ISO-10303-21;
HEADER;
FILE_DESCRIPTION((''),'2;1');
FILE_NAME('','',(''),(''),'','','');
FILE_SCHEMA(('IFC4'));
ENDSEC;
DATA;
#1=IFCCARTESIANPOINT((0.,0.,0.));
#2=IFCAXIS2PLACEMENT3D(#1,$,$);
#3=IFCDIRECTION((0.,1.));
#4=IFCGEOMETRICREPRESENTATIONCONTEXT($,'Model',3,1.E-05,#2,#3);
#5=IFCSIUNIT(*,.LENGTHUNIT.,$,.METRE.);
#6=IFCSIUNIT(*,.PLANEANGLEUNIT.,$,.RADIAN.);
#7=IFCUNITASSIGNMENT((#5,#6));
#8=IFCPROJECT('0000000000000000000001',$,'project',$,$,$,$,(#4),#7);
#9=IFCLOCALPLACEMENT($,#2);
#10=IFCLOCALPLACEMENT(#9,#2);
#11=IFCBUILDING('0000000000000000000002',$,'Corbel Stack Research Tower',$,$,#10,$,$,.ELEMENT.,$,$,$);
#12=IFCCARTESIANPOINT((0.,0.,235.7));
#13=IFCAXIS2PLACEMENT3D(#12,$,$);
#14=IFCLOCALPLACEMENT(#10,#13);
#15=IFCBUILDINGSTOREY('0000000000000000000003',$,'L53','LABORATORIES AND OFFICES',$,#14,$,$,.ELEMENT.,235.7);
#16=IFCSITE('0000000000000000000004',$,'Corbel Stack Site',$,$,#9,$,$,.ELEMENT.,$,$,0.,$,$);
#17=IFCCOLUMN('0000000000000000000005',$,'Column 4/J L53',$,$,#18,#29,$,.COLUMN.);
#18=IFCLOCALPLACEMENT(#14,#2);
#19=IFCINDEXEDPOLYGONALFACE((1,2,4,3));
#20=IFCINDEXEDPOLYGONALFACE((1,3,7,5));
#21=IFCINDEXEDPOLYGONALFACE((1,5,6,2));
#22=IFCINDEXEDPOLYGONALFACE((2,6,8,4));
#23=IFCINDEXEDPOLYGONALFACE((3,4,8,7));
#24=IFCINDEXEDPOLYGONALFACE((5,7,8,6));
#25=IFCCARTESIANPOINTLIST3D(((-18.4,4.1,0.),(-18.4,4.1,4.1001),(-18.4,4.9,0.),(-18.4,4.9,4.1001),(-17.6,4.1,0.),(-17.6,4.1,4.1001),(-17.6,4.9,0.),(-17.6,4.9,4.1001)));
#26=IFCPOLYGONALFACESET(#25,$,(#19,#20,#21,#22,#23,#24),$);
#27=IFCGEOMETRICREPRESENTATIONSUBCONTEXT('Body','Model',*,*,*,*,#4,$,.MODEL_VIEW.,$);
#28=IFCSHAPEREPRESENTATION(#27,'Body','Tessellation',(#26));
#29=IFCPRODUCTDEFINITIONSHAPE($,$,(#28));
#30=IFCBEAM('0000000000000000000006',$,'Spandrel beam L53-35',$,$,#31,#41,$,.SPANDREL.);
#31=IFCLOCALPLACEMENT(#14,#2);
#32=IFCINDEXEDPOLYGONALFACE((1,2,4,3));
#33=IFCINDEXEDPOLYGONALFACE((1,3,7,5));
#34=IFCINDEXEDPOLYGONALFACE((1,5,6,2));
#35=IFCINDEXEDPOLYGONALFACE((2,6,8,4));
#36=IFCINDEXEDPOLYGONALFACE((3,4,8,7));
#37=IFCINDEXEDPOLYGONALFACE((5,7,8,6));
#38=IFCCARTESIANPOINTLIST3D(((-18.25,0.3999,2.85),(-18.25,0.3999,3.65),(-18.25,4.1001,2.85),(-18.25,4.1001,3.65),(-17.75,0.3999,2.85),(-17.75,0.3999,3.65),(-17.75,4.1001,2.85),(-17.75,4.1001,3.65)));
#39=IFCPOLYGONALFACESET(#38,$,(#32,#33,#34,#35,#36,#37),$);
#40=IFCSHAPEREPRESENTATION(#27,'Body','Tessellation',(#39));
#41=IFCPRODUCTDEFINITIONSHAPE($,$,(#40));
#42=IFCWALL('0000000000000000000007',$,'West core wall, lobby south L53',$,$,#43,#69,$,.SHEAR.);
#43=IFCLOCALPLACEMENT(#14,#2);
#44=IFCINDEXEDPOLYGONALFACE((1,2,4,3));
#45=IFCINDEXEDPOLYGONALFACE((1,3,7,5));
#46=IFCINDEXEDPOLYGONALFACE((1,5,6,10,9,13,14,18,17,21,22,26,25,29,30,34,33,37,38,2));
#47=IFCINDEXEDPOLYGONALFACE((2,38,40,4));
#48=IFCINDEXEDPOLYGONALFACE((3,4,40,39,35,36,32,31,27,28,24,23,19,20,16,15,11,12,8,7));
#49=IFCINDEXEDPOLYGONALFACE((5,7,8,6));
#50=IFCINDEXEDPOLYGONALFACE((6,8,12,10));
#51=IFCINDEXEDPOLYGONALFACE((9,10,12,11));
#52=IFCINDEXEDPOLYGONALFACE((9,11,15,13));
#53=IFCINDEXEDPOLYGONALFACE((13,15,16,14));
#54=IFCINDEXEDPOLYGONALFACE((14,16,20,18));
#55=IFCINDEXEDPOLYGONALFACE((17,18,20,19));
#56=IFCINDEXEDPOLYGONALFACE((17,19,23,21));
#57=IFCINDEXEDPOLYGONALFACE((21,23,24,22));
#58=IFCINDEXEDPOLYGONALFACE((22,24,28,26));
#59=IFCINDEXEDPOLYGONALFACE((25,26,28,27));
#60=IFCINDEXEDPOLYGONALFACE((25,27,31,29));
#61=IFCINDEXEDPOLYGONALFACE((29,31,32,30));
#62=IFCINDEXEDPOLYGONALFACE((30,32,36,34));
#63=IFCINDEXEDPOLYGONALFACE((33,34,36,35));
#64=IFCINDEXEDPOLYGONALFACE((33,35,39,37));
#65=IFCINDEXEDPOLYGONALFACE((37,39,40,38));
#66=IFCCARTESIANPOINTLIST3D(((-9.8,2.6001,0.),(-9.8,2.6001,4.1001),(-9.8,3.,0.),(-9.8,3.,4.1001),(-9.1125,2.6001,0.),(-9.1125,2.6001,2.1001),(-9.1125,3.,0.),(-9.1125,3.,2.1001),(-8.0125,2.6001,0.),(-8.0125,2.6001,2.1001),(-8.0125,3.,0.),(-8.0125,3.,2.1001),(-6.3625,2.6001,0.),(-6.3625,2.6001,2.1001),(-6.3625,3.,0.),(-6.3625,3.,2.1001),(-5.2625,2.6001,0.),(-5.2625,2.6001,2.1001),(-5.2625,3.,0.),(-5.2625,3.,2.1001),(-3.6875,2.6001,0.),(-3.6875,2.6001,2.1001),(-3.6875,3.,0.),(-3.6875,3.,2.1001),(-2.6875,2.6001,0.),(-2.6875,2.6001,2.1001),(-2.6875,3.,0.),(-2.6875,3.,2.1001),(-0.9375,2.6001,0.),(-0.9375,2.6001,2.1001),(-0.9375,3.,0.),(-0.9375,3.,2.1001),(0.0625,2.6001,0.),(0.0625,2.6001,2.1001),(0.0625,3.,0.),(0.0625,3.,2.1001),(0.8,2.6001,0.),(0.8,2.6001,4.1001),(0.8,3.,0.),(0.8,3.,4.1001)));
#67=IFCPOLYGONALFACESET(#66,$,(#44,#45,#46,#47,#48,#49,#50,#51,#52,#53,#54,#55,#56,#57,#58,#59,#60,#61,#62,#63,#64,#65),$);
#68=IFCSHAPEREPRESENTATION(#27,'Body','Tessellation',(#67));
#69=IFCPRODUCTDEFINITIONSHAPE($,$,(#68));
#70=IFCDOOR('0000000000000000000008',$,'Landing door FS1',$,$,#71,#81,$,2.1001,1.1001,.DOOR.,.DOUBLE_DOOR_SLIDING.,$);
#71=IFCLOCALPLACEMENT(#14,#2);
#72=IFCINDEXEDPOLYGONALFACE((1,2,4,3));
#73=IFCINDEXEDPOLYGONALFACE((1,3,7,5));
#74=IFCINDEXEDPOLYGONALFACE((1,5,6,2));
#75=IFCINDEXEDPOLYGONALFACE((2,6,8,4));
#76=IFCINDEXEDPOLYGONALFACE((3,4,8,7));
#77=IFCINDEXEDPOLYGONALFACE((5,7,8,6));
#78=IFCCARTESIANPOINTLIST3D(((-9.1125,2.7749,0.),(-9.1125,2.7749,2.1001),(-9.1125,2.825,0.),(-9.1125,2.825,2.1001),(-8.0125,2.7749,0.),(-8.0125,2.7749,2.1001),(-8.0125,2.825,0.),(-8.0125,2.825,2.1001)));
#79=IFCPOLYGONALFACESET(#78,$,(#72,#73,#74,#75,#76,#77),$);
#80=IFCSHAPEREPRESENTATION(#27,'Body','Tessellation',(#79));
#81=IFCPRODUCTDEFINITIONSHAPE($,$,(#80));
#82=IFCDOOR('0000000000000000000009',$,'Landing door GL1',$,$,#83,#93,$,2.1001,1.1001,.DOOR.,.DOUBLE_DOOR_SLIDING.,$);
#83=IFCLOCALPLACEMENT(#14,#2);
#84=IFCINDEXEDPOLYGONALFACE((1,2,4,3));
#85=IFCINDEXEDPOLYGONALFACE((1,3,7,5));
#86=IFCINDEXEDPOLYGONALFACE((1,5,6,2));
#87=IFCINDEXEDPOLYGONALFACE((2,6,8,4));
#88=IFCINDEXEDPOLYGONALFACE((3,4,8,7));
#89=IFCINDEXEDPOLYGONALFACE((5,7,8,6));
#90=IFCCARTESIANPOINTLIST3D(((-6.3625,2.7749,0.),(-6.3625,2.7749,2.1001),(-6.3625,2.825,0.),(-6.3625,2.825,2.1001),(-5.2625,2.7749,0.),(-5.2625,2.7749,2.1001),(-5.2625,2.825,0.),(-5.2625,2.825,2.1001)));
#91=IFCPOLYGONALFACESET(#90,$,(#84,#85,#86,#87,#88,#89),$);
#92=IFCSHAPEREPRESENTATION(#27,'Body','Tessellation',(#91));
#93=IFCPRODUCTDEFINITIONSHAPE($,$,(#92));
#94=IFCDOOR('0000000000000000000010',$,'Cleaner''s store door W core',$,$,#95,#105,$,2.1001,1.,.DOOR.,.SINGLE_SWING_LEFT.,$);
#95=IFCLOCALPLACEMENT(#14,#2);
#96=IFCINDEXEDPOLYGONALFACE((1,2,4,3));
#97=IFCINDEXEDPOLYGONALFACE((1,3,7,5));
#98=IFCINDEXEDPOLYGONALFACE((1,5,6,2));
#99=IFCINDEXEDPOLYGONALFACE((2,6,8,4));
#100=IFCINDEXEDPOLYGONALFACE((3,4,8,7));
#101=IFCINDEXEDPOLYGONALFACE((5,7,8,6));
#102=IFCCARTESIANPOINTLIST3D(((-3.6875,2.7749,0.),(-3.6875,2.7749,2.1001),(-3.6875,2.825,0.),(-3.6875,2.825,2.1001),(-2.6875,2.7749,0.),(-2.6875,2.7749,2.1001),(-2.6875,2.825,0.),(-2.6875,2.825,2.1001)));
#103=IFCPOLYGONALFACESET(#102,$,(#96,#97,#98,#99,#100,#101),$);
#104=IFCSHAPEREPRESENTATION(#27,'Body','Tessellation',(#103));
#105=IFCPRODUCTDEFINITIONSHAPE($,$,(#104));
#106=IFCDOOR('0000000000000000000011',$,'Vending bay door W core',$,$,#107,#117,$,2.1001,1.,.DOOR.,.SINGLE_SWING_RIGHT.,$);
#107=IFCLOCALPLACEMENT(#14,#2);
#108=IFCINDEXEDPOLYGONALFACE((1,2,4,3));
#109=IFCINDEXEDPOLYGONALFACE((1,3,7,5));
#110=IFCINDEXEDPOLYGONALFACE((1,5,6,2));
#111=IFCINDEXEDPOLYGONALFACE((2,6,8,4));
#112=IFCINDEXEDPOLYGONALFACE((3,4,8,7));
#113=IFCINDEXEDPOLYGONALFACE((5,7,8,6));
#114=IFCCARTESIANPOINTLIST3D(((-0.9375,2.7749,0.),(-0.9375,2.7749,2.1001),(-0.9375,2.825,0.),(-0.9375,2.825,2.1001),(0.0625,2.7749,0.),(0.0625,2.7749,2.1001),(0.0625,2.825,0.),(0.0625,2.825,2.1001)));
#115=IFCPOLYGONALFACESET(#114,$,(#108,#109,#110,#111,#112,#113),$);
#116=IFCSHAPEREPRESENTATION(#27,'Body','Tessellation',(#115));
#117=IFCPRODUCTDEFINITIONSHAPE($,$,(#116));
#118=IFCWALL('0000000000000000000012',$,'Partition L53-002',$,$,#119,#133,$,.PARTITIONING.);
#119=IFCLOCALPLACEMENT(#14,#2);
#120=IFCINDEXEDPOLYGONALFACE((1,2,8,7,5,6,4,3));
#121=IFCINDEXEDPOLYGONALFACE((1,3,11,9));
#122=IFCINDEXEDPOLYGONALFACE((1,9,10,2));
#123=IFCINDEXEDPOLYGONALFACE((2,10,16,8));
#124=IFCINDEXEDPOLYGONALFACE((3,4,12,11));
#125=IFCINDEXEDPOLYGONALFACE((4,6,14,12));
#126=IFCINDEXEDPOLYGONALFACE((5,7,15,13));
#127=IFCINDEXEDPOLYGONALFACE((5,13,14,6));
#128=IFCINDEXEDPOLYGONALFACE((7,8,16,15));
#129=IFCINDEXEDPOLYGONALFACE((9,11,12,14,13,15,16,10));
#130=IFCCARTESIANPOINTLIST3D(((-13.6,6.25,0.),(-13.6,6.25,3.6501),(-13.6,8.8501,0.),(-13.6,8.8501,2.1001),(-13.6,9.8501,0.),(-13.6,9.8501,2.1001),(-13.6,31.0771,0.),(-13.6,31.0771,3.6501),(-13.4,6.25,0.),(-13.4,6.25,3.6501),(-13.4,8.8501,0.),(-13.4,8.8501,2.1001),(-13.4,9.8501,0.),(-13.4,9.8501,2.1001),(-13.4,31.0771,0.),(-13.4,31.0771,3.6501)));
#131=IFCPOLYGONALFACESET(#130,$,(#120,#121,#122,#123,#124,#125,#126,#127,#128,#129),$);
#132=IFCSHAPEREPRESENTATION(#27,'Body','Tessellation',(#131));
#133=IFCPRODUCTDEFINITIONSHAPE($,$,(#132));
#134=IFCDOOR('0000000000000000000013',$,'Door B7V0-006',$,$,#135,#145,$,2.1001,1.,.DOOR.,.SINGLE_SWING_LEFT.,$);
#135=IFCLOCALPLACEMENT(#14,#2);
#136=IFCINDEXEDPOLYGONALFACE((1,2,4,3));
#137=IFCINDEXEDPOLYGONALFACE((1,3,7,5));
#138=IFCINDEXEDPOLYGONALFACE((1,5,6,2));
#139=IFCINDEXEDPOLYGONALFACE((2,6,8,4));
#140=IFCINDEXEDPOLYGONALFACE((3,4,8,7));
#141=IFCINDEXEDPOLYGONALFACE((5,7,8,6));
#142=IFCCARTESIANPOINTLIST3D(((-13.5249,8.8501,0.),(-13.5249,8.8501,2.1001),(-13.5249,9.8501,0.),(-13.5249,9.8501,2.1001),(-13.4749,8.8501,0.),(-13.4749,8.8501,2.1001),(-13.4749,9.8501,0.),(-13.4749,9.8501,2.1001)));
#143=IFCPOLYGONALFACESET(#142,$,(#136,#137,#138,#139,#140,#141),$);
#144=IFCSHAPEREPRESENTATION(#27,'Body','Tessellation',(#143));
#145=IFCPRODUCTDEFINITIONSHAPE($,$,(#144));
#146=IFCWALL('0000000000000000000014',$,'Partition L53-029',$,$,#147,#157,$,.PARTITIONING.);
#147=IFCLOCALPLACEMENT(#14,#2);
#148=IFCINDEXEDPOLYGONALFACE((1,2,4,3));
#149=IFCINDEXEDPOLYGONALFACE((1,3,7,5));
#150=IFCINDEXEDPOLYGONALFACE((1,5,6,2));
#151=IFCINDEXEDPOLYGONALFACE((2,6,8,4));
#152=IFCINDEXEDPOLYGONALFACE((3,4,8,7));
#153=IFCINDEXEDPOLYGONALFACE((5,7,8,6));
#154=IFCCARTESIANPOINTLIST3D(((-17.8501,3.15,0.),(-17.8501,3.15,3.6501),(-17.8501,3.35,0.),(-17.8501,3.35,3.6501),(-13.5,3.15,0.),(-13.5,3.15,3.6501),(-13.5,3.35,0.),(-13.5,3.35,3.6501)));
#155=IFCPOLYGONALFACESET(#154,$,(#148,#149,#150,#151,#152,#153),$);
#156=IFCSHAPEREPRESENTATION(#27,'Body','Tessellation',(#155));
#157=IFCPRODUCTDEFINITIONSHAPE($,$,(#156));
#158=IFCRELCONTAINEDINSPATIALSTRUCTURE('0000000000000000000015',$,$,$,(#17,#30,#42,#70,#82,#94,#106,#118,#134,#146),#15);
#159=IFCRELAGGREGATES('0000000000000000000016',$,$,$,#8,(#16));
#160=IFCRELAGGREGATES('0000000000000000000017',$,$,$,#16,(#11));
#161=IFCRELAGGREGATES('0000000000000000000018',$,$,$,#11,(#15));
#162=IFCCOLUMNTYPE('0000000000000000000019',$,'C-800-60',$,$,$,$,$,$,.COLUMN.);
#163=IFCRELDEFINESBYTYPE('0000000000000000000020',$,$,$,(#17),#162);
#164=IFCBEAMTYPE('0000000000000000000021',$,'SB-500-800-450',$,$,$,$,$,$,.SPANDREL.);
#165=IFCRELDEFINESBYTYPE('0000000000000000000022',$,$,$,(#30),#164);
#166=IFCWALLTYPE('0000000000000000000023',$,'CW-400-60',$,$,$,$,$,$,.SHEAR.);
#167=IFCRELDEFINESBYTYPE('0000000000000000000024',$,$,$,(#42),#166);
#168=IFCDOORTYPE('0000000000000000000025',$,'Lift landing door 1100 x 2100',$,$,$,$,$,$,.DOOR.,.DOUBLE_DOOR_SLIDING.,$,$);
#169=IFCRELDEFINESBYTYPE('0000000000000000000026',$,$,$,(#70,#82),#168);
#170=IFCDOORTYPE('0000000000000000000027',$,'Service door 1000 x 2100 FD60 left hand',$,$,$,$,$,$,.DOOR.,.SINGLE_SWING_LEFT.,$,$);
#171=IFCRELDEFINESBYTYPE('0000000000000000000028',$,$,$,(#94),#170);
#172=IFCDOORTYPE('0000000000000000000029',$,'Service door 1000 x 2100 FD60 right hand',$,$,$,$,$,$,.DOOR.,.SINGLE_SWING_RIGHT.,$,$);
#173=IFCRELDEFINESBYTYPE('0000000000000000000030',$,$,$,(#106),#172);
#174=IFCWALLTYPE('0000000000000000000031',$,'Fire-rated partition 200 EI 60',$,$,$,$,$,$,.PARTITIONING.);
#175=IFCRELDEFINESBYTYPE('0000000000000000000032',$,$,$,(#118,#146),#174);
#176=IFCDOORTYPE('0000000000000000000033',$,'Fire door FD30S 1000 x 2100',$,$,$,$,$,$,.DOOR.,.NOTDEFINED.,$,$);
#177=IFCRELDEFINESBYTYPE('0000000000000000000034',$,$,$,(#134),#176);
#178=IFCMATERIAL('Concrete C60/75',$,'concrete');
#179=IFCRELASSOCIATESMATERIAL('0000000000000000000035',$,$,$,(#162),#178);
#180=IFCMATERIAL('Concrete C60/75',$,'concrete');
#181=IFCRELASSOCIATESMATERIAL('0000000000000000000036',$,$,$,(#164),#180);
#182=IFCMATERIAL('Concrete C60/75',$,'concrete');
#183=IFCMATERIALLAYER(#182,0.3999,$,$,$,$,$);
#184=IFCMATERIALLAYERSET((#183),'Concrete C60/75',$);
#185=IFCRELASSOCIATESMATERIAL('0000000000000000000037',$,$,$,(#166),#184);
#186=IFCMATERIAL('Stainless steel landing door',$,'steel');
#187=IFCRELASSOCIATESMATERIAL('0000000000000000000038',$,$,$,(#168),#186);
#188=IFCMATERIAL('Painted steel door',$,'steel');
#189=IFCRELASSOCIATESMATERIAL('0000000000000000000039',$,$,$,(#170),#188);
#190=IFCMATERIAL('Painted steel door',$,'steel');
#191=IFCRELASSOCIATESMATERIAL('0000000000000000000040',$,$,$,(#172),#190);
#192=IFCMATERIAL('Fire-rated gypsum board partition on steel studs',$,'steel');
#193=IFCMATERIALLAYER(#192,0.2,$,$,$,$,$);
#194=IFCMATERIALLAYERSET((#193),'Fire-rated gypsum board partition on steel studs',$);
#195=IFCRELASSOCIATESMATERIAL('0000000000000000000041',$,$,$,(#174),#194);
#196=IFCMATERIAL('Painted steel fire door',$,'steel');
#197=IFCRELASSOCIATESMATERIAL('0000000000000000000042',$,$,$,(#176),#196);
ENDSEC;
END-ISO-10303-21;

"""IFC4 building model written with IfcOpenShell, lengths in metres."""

from ifc_helpers import new_model, si_unit, direction, frame, frame_2d, origin, origin_2d, place, context, subcontext, project, spatial, rectangle, extrude, material, layer, layer_set, material_profile, profile_set, type_object, element, fill, save


model = new_model("IFC4")

# Units and contexts
model_context = context("Model", 3, precision=1e-05, world=origin(), true_north=direction((0.0, 1.0)))
body_context = subcontext(model_context, "Body", "Model", "MODEL_VIEW")
ifc_project = project(units=[si_unit("LENGTHUNIT", "METRE"), si_unit("PLANEANGLEUNIT", "RADIAN")], contexts=[model_context])

# Site, building, storey
site_placement = place(None, origin())
site = spatial("IfcSite", under=ifc_project, at=site_placement, Name="Corbel Stack Site", CompositionType="ELEMENT", RefElevation=0.0)
building_placement = place(site_placement, origin())
building = spatial("IfcBuilding", under=site, at=building_placement, Name="Corbel Stack Research Tower", CompositionType="ELEMENT")
storey_placement = place(building_placement, frame((0.0, 0.0, 235.7)))
storey = spatial("IfcBuildingStorey", under=building, at=storey_placement, Name="L53", Description="LABORATORIES AND OFFICES", CompositionType="ELEMENT", Elevation=235.7)

# Column
ifc_material_1 = material(Name="Concrete C60/75", Category="concrete")
ifc_material_profile_1 = material_profile(ifc_material_1, rectangle(XDim=0.8, YDim=0.8, at=origin_2d()), Name="RC 800 x 800")
ifc_profile_set_1 = profile_set([ifc_material_profile_1], Name="Concrete C60/75")
column_type = type_object("IfcColumnType", Name="C-800-60", PredefinedType="COLUMN", material=ifc_profile_set_1)
column_placement = place(storey_placement, frame((-18.0, 4.5, 0.0), z_axis=(0.0, 0.0, 1.0), x_axis=(1.0, 0.0, 0.0)))
element("IfcColumn", 1, at=column_placement, inside=storey, type_object=column_type, Name="Column 4/J L53", PredefinedType="COLUMN", context=body_context, shape_type="SweptSolid", body=[
    extrude(rectangle(XDim=0.8, YDim=0.8, at=origin_2d()), origin(), (0.0, 0.0, 1.0), 4.1001),
])

# Beam
ifc_material_2 = material(Name="Concrete C60/75", Category="concrete")
ifc_material_profile_2 = material_profile(ifc_material_2, rectangle(XDim=0.5, YDim=0.8, at=origin_2d()), Name="RC 500 x 800")
ifc_profile_set_2 = profile_set([ifc_material_profile_2], Name="Concrete C60/75")
beam_type = type_object("IfcBeamType", Name="SB-500-800-450", PredefinedType="SPANDREL", material=ifc_profile_set_2)
beam_placement = place(storey_placement, frame((-18.0, 4.1001, 3.25), z_axis=(0.0, -1.0, 0.0), x_axis=(1.0, 0.0, 0.0)))
element("IfcBeam", 2, at=beam_placement, inside=storey, type_object=beam_type, Name="Spandrel beam L53-35", PredefinedType="SPANDREL", context=body_context, shape_type="SweptSolid", body=[
    extrude(rectangle(XDim=0.5, YDim=0.8, at=origin_2d()), origin(), (0.0, 0.0, 1.0), 3.7002),
])

# Wall, openings, doors
ifc_material_3 = material(Name="Concrete C60/75", Category="concrete")
ifc_layer_1 = layer(ifc_material_3, 0.3999)
ifc_layer_set_1 = layer_set([ifc_layer_1], Name="Concrete C60/75")
wall_type_1 = type_object("IfcWallType", Name="CW-400-60", PredefinedType="SHEAR", material=ifc_layer_set_1)
wall_1_placement = place(storey_placement, frame((-9.8, 2.8, 0.0), z_axis=(0.0, 0.0, 1.0), x_axis=(1.0, 0.0, 0.0)))
wall_1 = element("IfcWall", 3, at=wall_1_placement, inside=storey, type_object=wall_type_1, Name="West core wall, lobby south L53", PredefinedType="SHEAR", context=body_context, shape_type="SweptSolid", body=[
    extrude(rectangle(XDim=10.6001, YDim=0.3999, at=frame_2d((5.3, 0.0))), origin(), (0.0, 0.0, 1.0), 4.1001),
])
opening_1_placement = place(wall_1_placement, frame((0.6875, 0.0, 0.0)))
opening_1 = element("IfcOpeningElement", 4, at=opening_1_placement, cuts=wall_1, PredefinedType="OPENING", context=body_context, shape_type="SweptSolid", body=[
    extrude(rectangle(XDim=1.1001, YDim=2.1001, at=frame_2d((0.55, 1.05))), frame((0.0, 0.21, 0.0), z_axis=(0.0, -1.0, 0.0), x_axis=(1.0, 0.0, 0.0)), (0.0, 0.0, 1.0), 0.4199),
])
opening_2_placement = place(wall_1_placement, frame((3.4375, 0.0, 0.0)))
opening_2 = element("IfcOpeningElement", 5, at=opening_2_placement, cuts=wall_1, PredefinedType="OPENING", context=body_context, shape_type="SweptSolid", body=[
    extrude(rectangle(XDim=1.1001, YDim=2.1001, at=frame_2d((0.55, 1.05))), frame((0.0, 0.21, 0.0), z_axis=(0.0, -1.0, 0.0), x_axis=(1.0, 0.0, 0.0)), (0.0, 0.0, 1.0), 0.4199),
])
opening_3_placement = place(wall_1_placement, frame((6.1125, 0.0, 0.0)))
opening_3 = element("IfcOpeningElement", 6, at=opening_3_placement, cuts=wall_1, PredefinedType="OPENING", context=body_context, shape_type="SweptSolid", body=[
    extrude(rectangle(XDim=1.0, YDim=2.1001, at=frame_2d((0.5, 1.05))), frame((0.0, 0.21, 0.0), z_axis=(0.0, -1.0, 0.0), x_axis=(1.0, 0.0, 0.0)), (0.0, 0.0, 1.0), 0.4199),
])
opening_4_placement = place(wall_1_placement, frame((8.8625, 0.0, 0.0)))
opening_4 = element("IfcOpeningElement", 7, at=opening_4_placement, cuts=wall_1, PredefinedType="OPENING", context=body_context, shape_type="SweptSolid", body=[
    extrude(rectangle(XDim=1.0, YDim=2.1001, at=frame_2d((0.5, 1.05))), frame((0.0, 0.21, 0.0), z_axis=(0.0, -1.0, 0.0), x_axis=(1.0, 0.0, 0.0)), (0.0, 0.0, 1.0), 0.4199),
])
ifc_material_4 = material(Name="Stainless steel landing door", Category="steel")
door_type_1 = type_object("IfcDoorType", Name="Lift landing door 1100 x 2100", OperationType="DOUBLE_DOOR_SLIDING", PredefinedType="DOOR", material=ifc_material_4)
door_1_placement = place(opening_1_placement, origin())
door_1 = element("IfcDoor", 8, at=door_1_placement, inside=storey, type_object=door_type_1, Name="Landing door FS1", OperationType="DOUBLE_DOOR_SLIDING", OverallHeight=2.1001, OverallWidth=1.1001, PredefinedType="DOOR", context=body_context, shape_type="SweptSolid", body=[
    extrude(rectangle(XDim=1.1001, YDim=2.1001, at=frame_2d((0.55, 1.05))), frame((0.0, 0.0249, 0.0), z_axis=(0.0, -1.0, 0.0), x_axis=(1.0, 0.0, 0.0)), (0.0, 0.0, 1.0), 0.05),
])
fill(opening_1, door_1)
door_2_placement = place(opening_2_placement, origin())
door_2 = element("IfcDoor", 9, at=door_2_placement, inside=storey, type_object=door_type_1, Name="Landing door GL1", OperationType="DOUBLE_DOOR_SLIDING", OverallHeight=2.1001, OverallWidth=1.1001, PredefinedType="DOOR", context=body_context, shape_type="SweptSolid", body=[
    extrude(rectangle(XDim=1.1001, YDim=2.1001, at=frame_2d((0.55, 1.05))), frame((0.0, 0.0249, 0.0), z_axis=(0.0, -1.0, 0.0), x_axis=(1.0, 0.0, 0.0)), (0.0, 0.0, 1.0), 0.05),
])
fill(opening_2, door_2)
ifc_material_5 = material(Name="Painted steel door", Category="steel")
door_type_2 = type_object("IfcDoorType", Name="Service door 1000 x 2100 FD60 left hand", OperationType="SINGLE_SWING_LEFT", PredefinedType="DOOR", material=ifc_material_5)
door_3_placement = place(opening_3_placement, origin())
door_3 = element("IfcDoor", 10, at=door_3_placement, inside=storey, type_object=door_type_2, Name="Cleaner's store door W core", OperationType="SINGLE_SWING_LEFT", OverallHeight=2.1001, OverallWidth=1.0, PredefinedType="DOOR", context=body_context, shape_type="SweptSolid", body=[
    extrude(rectangle(XDim=1.0, YDim=2.1001, at=frame_2d((0.5, 1.05))), frame((0.0, 0.0249, 0.0), z_axis=(0.0, -1.0, 0.0), x_axis=(1.0, 0.0, 0.0)), (0.0, 0.0, 1.0), 0.05),
])
fill(opening_3, door_3)
ifc_material_6 = material(Name="Painted steel door", Category="steel")
door_type_3 = type_object("IfcDoorType", Name="Service door 1000 x 2100 FD60 right hand", OperationType="SINGLE_SWING_RIGHT", PredefinedType="DOOR", material=ifc_material_6)
door_4_placement = place(opening_4_placement, origin())
door_4 = element("IfcDoor", 11, at=door_4_placement, inside=storey, type_object=door_type_3, Name="Vending bay door W core", OperationType="SINGLE_SWING_RIGHT", OverallHeight=2.1001, OverallWidth=1.0, PredefinedType="DOOR", context=body_context, shape_type="SweptSolid", body=[
    extrude(rectangle(XDim=1.0, YDim=2.1001, at=frame_2d((0.5, 1.05))), frame((0.0, 0.0249, 0.0), z_axis=(0.0, -1.0, 0.0), x_axis=(1.0, 0.0, 0.0)), (0.0, 0.0, 1.0), 0.05),
])
fill(opening_4, door_4)

# Wall, opening, door
ifc_material_7 = material(Name="Fire-rated gypsum board partition on steel studs", Category="steel")
ifc_layer_2 = layer(ifc_material_7, 0.2)
ifc_layer_set_2 = layer_set([ifc_layer_2], Name="Fire-rated gypsum board partition on steel studs")
wall_type_2 = type_object("IfcWallType", Name="Fire-rated partition 200 EI 60", PredefinedType="PARTITIONING", material=ifc_layer_set_2)
wall_2_placement = place(storey_placement, frame((-13.5, 6.25, 0.0), z_axis=(0.0, 0.0, 1.0), x_axis=(0.0, 1.0, 0.0)))
wall_2 = element("IfcWall", 12, at=wall_2_placement, inside=storey, type_object=wall_type_2, Name="Partition L53-002", PredefinedType="PARTITIONING", context=body_context, shape_type="SweptSolid", body=[
    extrude(rectangle(XDim=24.8271, YDim=0.2, at=frame_2d((12.4136, 0.0))), origin(), (0.0, 0.0, 1.0), 3.6501),
])
opening_5_placement = place(wall_2_placement, frame((2.6001, 0.0, 0.0)))
opening_5 = element("IfcOpeningElement", 13, at=opening_5_placement, cuts=wall_2, PredefinedType="OPENING", context=body_context, shape_type="SweptSolid", body=[
    extrude(rectangle(XDim=1.0, YDim=2.1001, at=frame_2d((0.5, 1.05))), frame((0.0, 0.1099, 0.0), z_axis=(0.0, -1.0, 0.0), x_axis=(1.0, 0.0, 0.0)), (0.0, 0.0, 1.0), 0.22),
])
ifc_material_8 = material(Name="Painted steel fire door", Category="steel")
door_type_4 = type_object("IfcDoorType", Name="Fire door FD30S 1000 x 2100", OperationType="NOTDEFINED", PredefinedType="DOOR", material=ifc_material_8)
door_5_placement = place(opening_5_placement, origin())
door_5 = element("IfcDoor", 14, at=door_5_placement, inside=storey, type_object=door_type_4, Name="Door B7V0-006", OperationType="SINGLE_SWING_LEFT", OverallHeight=2.1001, OverallWidth=1.0, PredefinedType="DOOR", context=body_context, shape_type="SweptSolid", body=[
    extrude(rectangle(XDim=1.0, YDim=2.1001, at=frame_2d((0.5, 1.05))), frame((0.0, 0.0249, 0.0), z_axis=(0.0, -1.0, 0.0), x_axis=(1.0, 0.0, 0.0)), (0.0, 0.0, 1.0), 0.05),
])
fill(opening_5, door_5)

# Wall
for number, where, z_axis, x_axis, name in (
    (15, (-17.8501, 3.25, 0.0), (0.0, 0.0, 1.0), (1.0, 0.0, 0.0), "Partition L53-029"),
):
    element("IfcWall", number, at=place(storey_placement, frame(where, z_axis=z_axis, x_axis=x_axis)), inside=storey, type_object=wall_type_2, Name=name, PredefinedType="PARTITIONING", context=body_context, shape_type="SweptSolid", body=[
        extrude(rectangle(XDim=4.3501, YDim=0.2, at=frame_2d((2.175, 0.0))), origin(), (0.0, 0.0, 1.0), 3.6501),
    ])

save(model, "model.ifc")
